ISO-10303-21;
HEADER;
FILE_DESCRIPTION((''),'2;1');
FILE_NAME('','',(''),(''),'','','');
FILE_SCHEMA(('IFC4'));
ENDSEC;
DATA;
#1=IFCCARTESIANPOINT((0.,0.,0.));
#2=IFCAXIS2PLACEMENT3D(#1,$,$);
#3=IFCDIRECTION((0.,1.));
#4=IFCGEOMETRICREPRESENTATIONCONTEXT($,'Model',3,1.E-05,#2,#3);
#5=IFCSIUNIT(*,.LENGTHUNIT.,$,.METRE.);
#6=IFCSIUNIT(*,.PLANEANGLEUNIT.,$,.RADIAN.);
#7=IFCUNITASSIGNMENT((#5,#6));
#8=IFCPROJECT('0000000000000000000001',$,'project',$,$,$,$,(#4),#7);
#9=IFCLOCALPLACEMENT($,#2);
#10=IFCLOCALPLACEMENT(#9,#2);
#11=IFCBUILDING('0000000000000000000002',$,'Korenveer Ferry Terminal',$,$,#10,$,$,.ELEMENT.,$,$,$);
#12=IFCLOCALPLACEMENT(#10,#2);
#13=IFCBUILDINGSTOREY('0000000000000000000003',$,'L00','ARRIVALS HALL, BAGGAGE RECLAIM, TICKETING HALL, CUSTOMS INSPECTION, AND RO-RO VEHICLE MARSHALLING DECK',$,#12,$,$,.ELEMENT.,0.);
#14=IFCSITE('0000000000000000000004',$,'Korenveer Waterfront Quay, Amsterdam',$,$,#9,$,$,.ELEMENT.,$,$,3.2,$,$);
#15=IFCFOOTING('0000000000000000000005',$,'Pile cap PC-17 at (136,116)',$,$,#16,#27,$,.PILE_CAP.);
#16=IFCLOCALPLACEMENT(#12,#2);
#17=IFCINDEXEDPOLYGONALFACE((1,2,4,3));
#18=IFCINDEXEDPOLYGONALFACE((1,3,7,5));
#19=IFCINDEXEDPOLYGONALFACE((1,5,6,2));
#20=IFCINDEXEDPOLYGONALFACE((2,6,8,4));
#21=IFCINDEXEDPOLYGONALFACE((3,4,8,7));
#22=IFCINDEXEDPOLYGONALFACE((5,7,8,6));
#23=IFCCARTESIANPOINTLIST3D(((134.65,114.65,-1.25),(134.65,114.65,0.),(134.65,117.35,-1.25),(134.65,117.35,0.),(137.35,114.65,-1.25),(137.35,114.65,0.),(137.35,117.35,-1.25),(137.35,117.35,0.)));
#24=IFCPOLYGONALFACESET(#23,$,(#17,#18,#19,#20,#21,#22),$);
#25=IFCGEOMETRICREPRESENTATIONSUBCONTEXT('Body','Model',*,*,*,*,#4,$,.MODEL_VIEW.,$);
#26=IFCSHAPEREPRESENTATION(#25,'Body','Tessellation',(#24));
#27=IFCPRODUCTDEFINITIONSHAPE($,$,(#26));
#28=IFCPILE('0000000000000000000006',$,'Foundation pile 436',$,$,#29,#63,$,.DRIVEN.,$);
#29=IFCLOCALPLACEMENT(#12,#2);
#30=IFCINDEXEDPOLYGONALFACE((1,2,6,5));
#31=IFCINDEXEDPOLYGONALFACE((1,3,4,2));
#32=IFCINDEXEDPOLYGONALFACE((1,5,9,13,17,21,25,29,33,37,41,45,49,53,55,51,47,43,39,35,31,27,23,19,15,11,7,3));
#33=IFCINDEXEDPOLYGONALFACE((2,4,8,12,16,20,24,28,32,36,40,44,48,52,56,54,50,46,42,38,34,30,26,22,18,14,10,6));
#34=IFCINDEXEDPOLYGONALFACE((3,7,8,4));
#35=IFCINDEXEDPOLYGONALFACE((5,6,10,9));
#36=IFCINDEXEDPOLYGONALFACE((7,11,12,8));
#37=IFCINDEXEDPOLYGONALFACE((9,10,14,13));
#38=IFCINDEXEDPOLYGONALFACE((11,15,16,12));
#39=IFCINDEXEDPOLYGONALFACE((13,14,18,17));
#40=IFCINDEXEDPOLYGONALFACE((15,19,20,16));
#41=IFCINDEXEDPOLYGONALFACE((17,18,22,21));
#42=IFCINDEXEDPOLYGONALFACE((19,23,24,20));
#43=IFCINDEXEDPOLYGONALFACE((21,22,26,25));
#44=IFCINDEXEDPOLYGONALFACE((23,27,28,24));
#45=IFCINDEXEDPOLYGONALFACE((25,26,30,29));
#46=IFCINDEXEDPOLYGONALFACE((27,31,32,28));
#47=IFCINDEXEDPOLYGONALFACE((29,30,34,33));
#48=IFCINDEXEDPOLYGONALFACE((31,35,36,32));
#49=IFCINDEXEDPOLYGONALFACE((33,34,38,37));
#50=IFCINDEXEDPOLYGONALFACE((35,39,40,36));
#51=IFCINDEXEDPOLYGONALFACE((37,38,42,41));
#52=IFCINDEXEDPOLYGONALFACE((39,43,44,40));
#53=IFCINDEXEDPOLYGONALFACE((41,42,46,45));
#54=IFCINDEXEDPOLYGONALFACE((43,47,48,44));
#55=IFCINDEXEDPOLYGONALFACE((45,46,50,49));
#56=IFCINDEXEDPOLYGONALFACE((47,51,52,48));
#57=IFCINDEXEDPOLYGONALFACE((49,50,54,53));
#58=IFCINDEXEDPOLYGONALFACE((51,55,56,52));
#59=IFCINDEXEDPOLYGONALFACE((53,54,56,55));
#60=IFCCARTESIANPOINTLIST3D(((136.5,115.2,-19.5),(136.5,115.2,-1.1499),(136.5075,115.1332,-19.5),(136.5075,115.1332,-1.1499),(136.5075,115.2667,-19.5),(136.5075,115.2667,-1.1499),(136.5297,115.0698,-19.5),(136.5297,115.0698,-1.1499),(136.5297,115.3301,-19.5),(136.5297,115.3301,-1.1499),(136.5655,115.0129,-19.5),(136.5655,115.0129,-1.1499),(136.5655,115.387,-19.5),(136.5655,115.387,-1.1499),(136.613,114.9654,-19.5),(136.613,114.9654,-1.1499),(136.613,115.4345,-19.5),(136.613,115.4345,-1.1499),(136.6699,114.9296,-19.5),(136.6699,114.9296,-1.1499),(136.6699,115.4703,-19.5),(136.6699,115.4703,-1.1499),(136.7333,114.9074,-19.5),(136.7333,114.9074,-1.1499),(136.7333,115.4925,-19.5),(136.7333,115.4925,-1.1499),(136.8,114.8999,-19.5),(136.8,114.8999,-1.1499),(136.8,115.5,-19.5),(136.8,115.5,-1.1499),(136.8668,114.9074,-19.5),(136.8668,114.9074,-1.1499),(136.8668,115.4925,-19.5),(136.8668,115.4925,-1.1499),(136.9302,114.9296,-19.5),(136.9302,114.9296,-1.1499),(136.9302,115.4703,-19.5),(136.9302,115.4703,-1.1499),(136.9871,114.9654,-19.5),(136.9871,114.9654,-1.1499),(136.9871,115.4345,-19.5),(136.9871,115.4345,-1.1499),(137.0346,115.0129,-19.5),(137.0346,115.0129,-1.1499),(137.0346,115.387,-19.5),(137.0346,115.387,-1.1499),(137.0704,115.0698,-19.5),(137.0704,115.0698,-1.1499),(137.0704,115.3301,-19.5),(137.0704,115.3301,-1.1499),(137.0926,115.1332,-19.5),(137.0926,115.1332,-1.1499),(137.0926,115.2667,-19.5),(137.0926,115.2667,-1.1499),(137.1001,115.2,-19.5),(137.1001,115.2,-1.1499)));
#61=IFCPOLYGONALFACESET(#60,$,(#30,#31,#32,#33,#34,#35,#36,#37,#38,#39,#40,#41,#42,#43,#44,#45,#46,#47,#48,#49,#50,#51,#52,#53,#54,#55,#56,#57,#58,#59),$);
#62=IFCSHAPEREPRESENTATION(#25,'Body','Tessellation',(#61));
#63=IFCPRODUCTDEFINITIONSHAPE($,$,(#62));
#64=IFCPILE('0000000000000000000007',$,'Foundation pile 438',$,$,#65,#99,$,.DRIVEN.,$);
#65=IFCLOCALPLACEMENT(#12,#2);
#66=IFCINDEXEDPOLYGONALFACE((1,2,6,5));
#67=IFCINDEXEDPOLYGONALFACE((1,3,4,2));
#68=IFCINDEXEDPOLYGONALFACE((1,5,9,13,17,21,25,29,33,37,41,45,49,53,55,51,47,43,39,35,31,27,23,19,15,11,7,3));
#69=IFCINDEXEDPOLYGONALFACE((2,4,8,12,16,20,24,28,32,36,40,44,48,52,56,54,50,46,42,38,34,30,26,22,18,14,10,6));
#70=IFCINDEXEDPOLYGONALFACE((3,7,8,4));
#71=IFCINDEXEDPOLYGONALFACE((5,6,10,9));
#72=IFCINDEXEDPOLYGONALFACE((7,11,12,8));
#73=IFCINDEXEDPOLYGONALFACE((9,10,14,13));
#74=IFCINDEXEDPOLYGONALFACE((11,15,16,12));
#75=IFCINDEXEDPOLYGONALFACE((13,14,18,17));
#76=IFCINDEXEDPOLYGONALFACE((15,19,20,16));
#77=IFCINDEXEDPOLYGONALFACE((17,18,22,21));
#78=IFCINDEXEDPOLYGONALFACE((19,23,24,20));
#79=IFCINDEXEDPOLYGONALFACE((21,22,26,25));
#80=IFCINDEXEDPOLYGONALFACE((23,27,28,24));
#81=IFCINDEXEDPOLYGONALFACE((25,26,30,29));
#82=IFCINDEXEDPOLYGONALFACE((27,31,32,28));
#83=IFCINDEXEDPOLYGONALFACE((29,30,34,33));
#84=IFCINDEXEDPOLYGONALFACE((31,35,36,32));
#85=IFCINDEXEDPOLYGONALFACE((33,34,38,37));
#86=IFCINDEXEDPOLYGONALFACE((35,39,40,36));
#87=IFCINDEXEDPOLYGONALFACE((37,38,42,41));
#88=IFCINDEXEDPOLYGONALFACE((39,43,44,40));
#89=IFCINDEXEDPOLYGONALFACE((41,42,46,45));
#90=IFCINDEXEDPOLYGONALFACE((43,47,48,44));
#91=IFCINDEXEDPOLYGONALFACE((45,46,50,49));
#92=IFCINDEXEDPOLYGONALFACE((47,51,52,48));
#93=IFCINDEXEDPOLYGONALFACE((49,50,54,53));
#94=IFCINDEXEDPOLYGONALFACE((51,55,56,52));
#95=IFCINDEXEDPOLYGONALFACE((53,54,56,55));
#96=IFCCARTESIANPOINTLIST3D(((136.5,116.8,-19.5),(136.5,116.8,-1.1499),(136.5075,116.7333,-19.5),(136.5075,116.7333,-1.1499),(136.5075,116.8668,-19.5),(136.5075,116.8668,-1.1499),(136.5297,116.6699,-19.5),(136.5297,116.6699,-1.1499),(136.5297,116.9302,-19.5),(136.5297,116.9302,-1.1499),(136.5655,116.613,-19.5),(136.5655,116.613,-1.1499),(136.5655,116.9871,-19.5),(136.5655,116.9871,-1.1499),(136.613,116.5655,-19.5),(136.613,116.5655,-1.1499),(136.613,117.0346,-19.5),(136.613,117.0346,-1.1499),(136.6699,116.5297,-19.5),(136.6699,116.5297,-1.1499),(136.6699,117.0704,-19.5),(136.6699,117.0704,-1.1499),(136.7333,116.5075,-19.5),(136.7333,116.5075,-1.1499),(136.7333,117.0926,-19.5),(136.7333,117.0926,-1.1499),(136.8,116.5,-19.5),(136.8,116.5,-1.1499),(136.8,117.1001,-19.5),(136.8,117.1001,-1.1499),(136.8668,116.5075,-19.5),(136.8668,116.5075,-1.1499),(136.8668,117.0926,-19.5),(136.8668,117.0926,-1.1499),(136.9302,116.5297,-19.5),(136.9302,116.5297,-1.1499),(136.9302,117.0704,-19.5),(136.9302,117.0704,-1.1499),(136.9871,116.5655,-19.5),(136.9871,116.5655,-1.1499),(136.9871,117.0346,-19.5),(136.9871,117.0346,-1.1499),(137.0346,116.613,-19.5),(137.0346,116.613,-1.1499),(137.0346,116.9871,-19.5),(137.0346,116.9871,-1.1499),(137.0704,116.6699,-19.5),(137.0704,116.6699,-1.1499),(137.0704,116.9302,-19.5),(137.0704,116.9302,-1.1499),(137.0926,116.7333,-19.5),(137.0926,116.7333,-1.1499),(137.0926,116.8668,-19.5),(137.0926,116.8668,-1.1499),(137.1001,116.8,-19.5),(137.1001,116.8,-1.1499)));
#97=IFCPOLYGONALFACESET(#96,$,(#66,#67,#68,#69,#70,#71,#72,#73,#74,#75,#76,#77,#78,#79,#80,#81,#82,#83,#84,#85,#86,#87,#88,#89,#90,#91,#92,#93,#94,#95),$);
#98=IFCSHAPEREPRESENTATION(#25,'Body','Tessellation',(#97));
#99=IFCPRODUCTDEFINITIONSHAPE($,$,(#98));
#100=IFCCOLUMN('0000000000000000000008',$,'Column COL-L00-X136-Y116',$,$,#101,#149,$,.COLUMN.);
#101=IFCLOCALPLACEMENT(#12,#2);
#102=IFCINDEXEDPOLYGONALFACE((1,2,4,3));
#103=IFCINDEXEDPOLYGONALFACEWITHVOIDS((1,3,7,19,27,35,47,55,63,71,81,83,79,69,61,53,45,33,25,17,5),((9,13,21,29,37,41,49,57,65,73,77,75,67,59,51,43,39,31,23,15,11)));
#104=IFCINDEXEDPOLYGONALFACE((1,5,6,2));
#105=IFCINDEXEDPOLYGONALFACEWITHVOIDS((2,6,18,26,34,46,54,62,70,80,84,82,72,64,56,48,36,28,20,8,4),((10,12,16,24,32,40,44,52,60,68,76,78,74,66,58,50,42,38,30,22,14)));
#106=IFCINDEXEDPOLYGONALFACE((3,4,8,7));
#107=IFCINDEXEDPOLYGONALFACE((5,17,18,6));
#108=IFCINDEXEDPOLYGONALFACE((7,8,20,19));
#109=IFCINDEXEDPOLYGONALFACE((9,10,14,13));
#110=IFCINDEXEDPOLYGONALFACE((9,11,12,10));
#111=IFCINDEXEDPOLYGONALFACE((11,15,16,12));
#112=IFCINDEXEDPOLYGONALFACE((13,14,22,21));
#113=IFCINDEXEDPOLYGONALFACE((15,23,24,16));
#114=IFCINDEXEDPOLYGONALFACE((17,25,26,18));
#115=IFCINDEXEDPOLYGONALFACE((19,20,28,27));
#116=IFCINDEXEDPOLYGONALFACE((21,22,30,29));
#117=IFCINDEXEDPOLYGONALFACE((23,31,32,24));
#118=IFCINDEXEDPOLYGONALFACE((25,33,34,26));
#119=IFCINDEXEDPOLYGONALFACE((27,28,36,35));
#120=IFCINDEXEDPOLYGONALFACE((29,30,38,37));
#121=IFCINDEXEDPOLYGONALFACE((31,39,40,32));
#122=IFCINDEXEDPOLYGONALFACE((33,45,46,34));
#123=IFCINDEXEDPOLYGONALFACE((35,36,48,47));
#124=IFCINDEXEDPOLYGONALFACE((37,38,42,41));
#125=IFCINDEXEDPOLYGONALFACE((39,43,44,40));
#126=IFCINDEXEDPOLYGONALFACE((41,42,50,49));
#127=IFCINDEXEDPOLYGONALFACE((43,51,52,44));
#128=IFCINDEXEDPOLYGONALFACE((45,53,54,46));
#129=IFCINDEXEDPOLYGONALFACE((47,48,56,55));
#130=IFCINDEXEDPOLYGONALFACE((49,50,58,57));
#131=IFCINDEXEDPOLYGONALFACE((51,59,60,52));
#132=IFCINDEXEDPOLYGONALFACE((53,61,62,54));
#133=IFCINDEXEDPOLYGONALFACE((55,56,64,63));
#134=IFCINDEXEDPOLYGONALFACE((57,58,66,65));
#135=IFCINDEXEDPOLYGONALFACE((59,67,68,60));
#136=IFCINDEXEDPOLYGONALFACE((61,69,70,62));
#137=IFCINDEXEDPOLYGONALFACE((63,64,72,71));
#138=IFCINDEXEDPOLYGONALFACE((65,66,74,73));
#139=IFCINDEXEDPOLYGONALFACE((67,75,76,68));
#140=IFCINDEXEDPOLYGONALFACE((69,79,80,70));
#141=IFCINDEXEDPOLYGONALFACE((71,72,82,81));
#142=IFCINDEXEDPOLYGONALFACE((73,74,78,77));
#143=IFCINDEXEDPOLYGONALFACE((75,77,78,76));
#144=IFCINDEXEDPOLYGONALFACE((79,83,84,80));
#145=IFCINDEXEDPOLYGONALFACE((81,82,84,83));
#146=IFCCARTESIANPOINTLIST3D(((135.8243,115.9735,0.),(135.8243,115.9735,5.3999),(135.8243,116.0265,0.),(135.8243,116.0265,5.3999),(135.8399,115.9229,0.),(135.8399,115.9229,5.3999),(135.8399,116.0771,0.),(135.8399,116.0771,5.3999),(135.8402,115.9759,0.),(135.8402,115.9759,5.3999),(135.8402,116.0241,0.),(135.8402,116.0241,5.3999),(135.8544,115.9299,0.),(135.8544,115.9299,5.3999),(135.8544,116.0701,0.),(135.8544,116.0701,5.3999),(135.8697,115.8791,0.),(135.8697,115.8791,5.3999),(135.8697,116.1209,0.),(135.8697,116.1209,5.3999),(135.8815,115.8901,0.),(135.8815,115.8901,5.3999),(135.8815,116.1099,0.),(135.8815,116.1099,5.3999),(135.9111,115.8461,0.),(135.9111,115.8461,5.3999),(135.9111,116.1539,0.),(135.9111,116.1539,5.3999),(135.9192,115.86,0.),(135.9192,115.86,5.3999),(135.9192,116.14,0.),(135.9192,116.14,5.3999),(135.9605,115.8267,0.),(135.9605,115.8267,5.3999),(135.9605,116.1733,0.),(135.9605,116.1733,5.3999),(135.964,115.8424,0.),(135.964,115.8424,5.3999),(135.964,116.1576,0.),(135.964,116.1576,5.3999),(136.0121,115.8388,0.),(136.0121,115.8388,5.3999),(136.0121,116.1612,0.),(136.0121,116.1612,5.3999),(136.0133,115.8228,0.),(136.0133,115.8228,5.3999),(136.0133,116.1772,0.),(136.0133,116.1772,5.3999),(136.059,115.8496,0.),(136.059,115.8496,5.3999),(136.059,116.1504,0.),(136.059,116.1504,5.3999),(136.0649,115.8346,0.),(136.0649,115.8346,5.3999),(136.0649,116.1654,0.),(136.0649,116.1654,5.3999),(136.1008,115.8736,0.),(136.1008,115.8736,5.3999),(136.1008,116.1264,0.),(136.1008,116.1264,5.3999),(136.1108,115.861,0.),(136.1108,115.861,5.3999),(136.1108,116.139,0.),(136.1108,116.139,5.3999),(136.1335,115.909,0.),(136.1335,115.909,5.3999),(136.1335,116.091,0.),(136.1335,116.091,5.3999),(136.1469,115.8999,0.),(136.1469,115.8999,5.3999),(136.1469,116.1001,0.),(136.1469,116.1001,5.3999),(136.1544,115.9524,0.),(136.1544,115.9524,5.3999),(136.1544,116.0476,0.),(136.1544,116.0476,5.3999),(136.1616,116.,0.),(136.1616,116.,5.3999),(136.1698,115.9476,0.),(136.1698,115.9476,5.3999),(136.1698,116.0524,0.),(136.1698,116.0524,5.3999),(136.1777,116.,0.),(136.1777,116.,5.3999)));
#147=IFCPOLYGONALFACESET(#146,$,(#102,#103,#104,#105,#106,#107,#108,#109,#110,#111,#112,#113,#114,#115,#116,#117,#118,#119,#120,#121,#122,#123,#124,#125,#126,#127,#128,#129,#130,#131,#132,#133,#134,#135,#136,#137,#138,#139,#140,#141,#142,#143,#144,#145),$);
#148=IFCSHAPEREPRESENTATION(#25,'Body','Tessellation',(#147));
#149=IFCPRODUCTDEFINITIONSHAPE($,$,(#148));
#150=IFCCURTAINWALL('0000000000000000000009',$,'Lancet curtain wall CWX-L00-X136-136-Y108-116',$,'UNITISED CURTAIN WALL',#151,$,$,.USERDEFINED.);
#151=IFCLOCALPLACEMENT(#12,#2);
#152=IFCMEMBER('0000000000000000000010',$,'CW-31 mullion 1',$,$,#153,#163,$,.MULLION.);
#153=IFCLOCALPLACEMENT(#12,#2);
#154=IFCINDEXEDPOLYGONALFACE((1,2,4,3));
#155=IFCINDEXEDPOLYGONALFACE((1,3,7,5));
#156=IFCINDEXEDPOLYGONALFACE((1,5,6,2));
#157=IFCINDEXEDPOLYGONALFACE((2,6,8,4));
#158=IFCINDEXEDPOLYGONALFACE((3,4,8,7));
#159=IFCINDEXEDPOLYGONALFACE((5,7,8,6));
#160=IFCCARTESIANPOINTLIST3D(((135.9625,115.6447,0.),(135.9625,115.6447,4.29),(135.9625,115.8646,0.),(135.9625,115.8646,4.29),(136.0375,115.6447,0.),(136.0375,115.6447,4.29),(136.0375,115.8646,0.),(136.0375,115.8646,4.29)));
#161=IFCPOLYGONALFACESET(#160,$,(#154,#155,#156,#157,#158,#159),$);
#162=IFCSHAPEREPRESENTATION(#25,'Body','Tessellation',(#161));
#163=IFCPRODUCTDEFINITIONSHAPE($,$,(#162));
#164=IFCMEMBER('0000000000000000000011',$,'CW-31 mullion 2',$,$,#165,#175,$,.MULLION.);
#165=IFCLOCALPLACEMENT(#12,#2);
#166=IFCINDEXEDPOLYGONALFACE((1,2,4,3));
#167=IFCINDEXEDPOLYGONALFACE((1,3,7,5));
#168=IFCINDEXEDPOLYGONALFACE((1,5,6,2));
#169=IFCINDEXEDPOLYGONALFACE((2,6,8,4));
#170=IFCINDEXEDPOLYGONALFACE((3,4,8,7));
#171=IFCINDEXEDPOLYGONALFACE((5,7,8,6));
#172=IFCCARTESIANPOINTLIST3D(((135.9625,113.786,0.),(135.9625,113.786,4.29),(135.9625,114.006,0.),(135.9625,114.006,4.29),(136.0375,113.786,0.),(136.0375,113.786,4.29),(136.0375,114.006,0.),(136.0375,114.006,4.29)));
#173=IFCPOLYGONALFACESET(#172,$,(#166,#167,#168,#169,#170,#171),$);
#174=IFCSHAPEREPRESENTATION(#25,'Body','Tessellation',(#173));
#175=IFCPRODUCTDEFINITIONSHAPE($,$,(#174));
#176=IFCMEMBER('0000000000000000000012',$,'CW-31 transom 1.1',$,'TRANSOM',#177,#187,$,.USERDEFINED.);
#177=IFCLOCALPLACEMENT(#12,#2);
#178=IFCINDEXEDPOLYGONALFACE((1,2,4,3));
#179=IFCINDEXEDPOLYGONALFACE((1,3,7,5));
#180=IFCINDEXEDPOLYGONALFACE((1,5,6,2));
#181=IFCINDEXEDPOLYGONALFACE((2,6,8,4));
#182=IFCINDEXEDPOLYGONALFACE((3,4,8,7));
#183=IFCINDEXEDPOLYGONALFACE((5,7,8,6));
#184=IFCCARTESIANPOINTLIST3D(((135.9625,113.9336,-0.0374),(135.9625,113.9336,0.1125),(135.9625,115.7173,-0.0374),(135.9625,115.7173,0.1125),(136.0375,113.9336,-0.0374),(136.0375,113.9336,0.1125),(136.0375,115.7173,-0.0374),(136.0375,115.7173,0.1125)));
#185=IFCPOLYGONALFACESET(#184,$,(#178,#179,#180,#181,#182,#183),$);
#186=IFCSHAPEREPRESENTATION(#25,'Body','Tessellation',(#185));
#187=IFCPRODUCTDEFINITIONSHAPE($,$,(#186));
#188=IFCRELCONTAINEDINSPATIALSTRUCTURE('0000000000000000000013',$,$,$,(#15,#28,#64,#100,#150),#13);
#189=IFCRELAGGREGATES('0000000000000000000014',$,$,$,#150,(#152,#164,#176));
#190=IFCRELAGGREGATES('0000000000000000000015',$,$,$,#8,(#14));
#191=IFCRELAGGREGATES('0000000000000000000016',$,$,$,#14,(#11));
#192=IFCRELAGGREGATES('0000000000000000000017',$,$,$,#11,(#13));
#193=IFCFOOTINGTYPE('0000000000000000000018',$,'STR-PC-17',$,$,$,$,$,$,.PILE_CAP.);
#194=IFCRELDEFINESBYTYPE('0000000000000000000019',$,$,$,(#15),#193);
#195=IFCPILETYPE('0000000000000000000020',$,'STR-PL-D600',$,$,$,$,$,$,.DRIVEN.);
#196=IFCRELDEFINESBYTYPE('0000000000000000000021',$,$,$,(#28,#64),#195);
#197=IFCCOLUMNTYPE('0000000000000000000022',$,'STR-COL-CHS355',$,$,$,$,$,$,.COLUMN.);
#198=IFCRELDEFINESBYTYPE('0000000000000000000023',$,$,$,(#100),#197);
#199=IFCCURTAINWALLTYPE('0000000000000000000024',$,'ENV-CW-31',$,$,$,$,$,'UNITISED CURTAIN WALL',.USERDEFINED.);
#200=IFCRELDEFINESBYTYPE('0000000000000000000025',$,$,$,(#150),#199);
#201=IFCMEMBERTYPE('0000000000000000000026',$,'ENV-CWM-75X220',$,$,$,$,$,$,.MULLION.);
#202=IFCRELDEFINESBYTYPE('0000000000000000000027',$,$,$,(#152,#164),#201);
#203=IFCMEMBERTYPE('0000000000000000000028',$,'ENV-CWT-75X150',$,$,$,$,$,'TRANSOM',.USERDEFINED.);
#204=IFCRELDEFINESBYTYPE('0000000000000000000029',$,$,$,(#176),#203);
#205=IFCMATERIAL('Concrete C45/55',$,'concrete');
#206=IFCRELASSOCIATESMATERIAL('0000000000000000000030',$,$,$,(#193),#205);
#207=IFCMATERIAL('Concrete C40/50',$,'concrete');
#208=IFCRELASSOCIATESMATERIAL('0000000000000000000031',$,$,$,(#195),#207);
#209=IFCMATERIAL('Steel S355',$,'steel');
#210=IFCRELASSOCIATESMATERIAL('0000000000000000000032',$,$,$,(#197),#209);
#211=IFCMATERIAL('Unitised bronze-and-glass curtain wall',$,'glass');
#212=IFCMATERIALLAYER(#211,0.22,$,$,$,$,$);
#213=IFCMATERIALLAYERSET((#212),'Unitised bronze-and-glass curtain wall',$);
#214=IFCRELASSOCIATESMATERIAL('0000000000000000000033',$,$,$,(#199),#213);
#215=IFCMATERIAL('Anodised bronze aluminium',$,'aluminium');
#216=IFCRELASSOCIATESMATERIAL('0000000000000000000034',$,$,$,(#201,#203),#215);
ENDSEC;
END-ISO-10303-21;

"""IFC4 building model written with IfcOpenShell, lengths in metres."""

from ifc_helpers import new_model, si_unit, direction, frame, origin, origin_2d, place, context, subcontext, project, spatial, rectangle, circle, hollow_circle, extrude, material, layer, layer_set, material_profile, profile_set, type_object, element, aggregate, save


model = new_model("IFC4")

# Units and contexts
model_context = context("Model", 3, precision=1e-05, world=origin(), true_north=direction((0.0, 1.0)))
body_context = subcontext(model_context, "Body", "Model", "MODEL_VIEW")
ifc_project = project(units=[si_unit("LENGTHUNIT", "METRE"), si_unit("PLANEANGLEUNIT", "RADIAN")], contexts=[model_context])

# Site, building, storey
site_placement = place(None, origin())
site = spatial("IfcSite", under=ifc_project, at=site_placement, Name="Korenveer Waterfront Quay, Amsterdam", CompositionType="ELEMENT", RefElevation=3.2)
building_placement = place(site_placement, origin())
building = spatial("IfcBuilding", under=site, at=building_placement, Name="Korenveer Ferry Terminal", CompositionType="ELEMENT")
storey_placement = place(building_placement, origin())
storey = spatial("IfcBuildingStorey", under=building, at=storey_placement, Name="L00", Description="ARRIVALS HALL, BAGGAGE RECLAIM, TICKETING HALL, CUSTOMS INSPECTION, AND RO-RO VEHICLE MARSHALLING DECK", CompositionType="ELEMENT", Elevation=0.0)

# Footing
ifc_material_1 = material(Name="Concrete C45/55", Category="concrete")
footing_type = type_object("IfcFootingType", Name="STR-PC-17", PredefinedType="PILE_CAP", material=ifc_material_1)
footing_placement = place(storey_placement, frame((136.0, 116.0, -1.25), z_axis=(0.0, 0.0, 1.0), x_axis=(1.0, 0.0, 0.0)))
element("IfcFooting", 1, at=footing_placement, inside=storey, type_object=footing_type, Name="Pile cap PC-17 at (136,116)", PredefinedType="PILE_CAP", context=body_context, shape_type="SweptSolid", body=[
    extrude(rectangle(XDim=2.7, YDim=2.7, at=origin_2d()), origin(), (0.0, 0.0, 1.0), 1.25),
])

# Piles
ifc_material_2 = material(Name="Concrete C40/50", Category="concrete")
ifc_material_profile_1 = material_profile(ifc_material_2, circle(Radius=0.3, at=origin_2d()), Name="PILE D600")
ifc_profile_set_1 = profile_set([ifc_material_profile_1], Name="Concrete C40/50")
pile_type = type_object("IfcPileType", Name="STR-PL-D600", PredefinedType="DRIVEN", material=ifc_profile_set_1)
for number, where, z_axis, x_axis, name in (
    (2, (136.8, 115.2, -1.1499), (0.0, 0.0, -1.0), (1.0, 0.0, 0.0), "Foundation pile 436"),
    (3, (136.8, 116.8, -1.1499), (0.0, 0.0, -1.0), (1.0, 0.0, 0.0), "Foundation pile 438"),
):
    element("IfcPile", number, at=place(storey_placement, frame(where, z_axis=z_axis, x_axis=x_axis)), inside=storey, type_object=pile_type, Name=name, PredefinedType="DRIVEN", context=body_context, shape_type="SweptSolid", body=[
        extrude(circle(Radius=0.3, at=origin_2d()), origin(), (0.0, 0.0, 1.0), 18.3501),
    ])

# Column
ifc_material_3 = material(Name="Steel S355", Category="steel")
ifc_material_profile_2 = material_profile(ifc_material_3, hollow_circle(Radius=0.1777, WallThickness=0.0161, at=origin_2d()), Name="CHS 355.6x16")
ifc_profile_set_2 = profile_set([ifc_material_profile_2], Name="Steel S355")
column_type = type_object("IfcColumnType", Name="STR-COL-CHS355", PredefinedType="COLUMN", material=ifc_profile_set_2)
column_placement = place(storey_placement, frame((136.0, 116.0, 0.0), z_axis=(0.0, 0.0, 1.0), x_axis=(1.0, 0.0, 0.0)))
element("IfcColumn", 4, at=column_placement, inside=storey, type_object=column_type, Name="Column COL-L00-X136-Y116", PredefinedType="COLUMN", context=body_context, shape_type="SweptSolid", body=[
    extrude(hollow_circle(Radius=0.1777, WallThickness=0.0161, at=origin_2d()), origin(), (0.0, 0.0, 1.0), 5.3999),
])

# Curtain wall, members
ifc_material_4 = material(Name="Unitised bronze-and-glass curtain wall", Category="glass")
ifc_layer_1 = layer(ifc_material_4, 0.22)
ifc_layer_set_1 = layer_set([ifc_layer_1], Name="Unitised bronze-and-glass curtain wall")
curtain_wall_type = type_object("IfcCurtainWallType", Name="ENV-CW-31", ElementType="UNITISED CURTAIN WALL", PredefinedType="USERDEFINED", material=ifc_layer_set_1)
curtain_wall_placement = place(storey_placement, frame((136.0, 115.7922, 0.0)))
curtain_wall = element("IfcCurtainWall", 5, at=curtain_wall_placement, inside=storey, type_object=curtain_wall_type, Name="Lancet curtain wall CWX-L00-X136-136-Y108-116", ObjectType="UNITISED CURTAIN WALL", PredefinedType="USERDEFINED")
ifc_material_5 = material(Name="Anodised bronze aluminium", Category="aluminium")
ifc_material_profile_3 = material_profile(ifc_material_5, rectangle(XDim=0.075, YDim=0.22, at=origin_2d()), Name="ALU 75x220")
ifc_profile_set_3 = profile_set([ifc_material_profile_3], Name="Anodised bronze aluminium")
member_type_1 = type_object("IfcMemberType", Name="ENV-CWM-75X220", PredefinedType="MULLION", material=ifc_profile_set_3)
member_1_placement = place(storey_placement, frame((136.0, 115.7546, 0.0), z_axis=(0.0, 0.0, 1.0), x_axis=(1.0, 0.0, 0.0)))
member_1 = element("IfcMember", 6, at=member_1_placement, type_object=member_type_1, Name="CW-31 mullion 1", PredefinedType="MULLION", context=body_context, shape_type="SweptSolid", body=[
    extrude(rectangle(XDim=0.075, YDim=0.22, at=origin_2d()), origin(), (0.0, 0.0, 1.0), 4.29),
])
member_2_placement = place(storey_placement, frame((136.0, 113.896, 0.0), z_axis=(0.0, 0.0, 1.0), x_axis=(1.0, 0.0, 0.0)))
member_2 = element("IfcMember", 7, at=member_2_placement, type_object=member_type_1, Name="CW-31 mullion 2", PredefinedType="MULLION", context=body_context, shape_type="SweptSolid", body=[
    extrude(rectangle(XDim=0.075, YDim=0.22, at=origin_2d()), origin(), (0.0, 0.0, 1.0), 4.29),
])
ifc_material_profile_4 = material_profile(ifc_material_5, rectangle(XDim=0.075, YDim=0.1499, at=origin_2d()), Name="ALU 75x150")
ifc_profile_set_4 = profile_set([ifc_material_profile_4], Name="Anodised bronze aluminium")
member_type_2 = type_object("IfcMemberType", Name="ENV-CWT-75X150", ElementType="TRANSOM", PredefinedType="USERDEFINED", material=ifc_profile_set_4)
member_3_placement = place(storey_placement, frame((136.0, 115.7173, 0.0376), z_axis=(0.0, -1.0, 0.0), x_axis=(1.0, 0.0, 0.0)))
member_3 = element("IfcMember", 8, at=member_3_placement, type_object=member_type_2, Name="CW-31 transom 1.1", ObjectType="TRANSOM", PredefinedType="USERDEFINED", context=body_context, shape_type="SweptSolid", body=[
    extrude(rectangle(XDim=0.075, YDim=0.1499, at=origin_2d()), origin(), (0.0, 0.0, 1.0), 1.7837),
])
aggregate(curtain_wall, [member_1, member_2, member_3])

save(model, "model.ifc")
